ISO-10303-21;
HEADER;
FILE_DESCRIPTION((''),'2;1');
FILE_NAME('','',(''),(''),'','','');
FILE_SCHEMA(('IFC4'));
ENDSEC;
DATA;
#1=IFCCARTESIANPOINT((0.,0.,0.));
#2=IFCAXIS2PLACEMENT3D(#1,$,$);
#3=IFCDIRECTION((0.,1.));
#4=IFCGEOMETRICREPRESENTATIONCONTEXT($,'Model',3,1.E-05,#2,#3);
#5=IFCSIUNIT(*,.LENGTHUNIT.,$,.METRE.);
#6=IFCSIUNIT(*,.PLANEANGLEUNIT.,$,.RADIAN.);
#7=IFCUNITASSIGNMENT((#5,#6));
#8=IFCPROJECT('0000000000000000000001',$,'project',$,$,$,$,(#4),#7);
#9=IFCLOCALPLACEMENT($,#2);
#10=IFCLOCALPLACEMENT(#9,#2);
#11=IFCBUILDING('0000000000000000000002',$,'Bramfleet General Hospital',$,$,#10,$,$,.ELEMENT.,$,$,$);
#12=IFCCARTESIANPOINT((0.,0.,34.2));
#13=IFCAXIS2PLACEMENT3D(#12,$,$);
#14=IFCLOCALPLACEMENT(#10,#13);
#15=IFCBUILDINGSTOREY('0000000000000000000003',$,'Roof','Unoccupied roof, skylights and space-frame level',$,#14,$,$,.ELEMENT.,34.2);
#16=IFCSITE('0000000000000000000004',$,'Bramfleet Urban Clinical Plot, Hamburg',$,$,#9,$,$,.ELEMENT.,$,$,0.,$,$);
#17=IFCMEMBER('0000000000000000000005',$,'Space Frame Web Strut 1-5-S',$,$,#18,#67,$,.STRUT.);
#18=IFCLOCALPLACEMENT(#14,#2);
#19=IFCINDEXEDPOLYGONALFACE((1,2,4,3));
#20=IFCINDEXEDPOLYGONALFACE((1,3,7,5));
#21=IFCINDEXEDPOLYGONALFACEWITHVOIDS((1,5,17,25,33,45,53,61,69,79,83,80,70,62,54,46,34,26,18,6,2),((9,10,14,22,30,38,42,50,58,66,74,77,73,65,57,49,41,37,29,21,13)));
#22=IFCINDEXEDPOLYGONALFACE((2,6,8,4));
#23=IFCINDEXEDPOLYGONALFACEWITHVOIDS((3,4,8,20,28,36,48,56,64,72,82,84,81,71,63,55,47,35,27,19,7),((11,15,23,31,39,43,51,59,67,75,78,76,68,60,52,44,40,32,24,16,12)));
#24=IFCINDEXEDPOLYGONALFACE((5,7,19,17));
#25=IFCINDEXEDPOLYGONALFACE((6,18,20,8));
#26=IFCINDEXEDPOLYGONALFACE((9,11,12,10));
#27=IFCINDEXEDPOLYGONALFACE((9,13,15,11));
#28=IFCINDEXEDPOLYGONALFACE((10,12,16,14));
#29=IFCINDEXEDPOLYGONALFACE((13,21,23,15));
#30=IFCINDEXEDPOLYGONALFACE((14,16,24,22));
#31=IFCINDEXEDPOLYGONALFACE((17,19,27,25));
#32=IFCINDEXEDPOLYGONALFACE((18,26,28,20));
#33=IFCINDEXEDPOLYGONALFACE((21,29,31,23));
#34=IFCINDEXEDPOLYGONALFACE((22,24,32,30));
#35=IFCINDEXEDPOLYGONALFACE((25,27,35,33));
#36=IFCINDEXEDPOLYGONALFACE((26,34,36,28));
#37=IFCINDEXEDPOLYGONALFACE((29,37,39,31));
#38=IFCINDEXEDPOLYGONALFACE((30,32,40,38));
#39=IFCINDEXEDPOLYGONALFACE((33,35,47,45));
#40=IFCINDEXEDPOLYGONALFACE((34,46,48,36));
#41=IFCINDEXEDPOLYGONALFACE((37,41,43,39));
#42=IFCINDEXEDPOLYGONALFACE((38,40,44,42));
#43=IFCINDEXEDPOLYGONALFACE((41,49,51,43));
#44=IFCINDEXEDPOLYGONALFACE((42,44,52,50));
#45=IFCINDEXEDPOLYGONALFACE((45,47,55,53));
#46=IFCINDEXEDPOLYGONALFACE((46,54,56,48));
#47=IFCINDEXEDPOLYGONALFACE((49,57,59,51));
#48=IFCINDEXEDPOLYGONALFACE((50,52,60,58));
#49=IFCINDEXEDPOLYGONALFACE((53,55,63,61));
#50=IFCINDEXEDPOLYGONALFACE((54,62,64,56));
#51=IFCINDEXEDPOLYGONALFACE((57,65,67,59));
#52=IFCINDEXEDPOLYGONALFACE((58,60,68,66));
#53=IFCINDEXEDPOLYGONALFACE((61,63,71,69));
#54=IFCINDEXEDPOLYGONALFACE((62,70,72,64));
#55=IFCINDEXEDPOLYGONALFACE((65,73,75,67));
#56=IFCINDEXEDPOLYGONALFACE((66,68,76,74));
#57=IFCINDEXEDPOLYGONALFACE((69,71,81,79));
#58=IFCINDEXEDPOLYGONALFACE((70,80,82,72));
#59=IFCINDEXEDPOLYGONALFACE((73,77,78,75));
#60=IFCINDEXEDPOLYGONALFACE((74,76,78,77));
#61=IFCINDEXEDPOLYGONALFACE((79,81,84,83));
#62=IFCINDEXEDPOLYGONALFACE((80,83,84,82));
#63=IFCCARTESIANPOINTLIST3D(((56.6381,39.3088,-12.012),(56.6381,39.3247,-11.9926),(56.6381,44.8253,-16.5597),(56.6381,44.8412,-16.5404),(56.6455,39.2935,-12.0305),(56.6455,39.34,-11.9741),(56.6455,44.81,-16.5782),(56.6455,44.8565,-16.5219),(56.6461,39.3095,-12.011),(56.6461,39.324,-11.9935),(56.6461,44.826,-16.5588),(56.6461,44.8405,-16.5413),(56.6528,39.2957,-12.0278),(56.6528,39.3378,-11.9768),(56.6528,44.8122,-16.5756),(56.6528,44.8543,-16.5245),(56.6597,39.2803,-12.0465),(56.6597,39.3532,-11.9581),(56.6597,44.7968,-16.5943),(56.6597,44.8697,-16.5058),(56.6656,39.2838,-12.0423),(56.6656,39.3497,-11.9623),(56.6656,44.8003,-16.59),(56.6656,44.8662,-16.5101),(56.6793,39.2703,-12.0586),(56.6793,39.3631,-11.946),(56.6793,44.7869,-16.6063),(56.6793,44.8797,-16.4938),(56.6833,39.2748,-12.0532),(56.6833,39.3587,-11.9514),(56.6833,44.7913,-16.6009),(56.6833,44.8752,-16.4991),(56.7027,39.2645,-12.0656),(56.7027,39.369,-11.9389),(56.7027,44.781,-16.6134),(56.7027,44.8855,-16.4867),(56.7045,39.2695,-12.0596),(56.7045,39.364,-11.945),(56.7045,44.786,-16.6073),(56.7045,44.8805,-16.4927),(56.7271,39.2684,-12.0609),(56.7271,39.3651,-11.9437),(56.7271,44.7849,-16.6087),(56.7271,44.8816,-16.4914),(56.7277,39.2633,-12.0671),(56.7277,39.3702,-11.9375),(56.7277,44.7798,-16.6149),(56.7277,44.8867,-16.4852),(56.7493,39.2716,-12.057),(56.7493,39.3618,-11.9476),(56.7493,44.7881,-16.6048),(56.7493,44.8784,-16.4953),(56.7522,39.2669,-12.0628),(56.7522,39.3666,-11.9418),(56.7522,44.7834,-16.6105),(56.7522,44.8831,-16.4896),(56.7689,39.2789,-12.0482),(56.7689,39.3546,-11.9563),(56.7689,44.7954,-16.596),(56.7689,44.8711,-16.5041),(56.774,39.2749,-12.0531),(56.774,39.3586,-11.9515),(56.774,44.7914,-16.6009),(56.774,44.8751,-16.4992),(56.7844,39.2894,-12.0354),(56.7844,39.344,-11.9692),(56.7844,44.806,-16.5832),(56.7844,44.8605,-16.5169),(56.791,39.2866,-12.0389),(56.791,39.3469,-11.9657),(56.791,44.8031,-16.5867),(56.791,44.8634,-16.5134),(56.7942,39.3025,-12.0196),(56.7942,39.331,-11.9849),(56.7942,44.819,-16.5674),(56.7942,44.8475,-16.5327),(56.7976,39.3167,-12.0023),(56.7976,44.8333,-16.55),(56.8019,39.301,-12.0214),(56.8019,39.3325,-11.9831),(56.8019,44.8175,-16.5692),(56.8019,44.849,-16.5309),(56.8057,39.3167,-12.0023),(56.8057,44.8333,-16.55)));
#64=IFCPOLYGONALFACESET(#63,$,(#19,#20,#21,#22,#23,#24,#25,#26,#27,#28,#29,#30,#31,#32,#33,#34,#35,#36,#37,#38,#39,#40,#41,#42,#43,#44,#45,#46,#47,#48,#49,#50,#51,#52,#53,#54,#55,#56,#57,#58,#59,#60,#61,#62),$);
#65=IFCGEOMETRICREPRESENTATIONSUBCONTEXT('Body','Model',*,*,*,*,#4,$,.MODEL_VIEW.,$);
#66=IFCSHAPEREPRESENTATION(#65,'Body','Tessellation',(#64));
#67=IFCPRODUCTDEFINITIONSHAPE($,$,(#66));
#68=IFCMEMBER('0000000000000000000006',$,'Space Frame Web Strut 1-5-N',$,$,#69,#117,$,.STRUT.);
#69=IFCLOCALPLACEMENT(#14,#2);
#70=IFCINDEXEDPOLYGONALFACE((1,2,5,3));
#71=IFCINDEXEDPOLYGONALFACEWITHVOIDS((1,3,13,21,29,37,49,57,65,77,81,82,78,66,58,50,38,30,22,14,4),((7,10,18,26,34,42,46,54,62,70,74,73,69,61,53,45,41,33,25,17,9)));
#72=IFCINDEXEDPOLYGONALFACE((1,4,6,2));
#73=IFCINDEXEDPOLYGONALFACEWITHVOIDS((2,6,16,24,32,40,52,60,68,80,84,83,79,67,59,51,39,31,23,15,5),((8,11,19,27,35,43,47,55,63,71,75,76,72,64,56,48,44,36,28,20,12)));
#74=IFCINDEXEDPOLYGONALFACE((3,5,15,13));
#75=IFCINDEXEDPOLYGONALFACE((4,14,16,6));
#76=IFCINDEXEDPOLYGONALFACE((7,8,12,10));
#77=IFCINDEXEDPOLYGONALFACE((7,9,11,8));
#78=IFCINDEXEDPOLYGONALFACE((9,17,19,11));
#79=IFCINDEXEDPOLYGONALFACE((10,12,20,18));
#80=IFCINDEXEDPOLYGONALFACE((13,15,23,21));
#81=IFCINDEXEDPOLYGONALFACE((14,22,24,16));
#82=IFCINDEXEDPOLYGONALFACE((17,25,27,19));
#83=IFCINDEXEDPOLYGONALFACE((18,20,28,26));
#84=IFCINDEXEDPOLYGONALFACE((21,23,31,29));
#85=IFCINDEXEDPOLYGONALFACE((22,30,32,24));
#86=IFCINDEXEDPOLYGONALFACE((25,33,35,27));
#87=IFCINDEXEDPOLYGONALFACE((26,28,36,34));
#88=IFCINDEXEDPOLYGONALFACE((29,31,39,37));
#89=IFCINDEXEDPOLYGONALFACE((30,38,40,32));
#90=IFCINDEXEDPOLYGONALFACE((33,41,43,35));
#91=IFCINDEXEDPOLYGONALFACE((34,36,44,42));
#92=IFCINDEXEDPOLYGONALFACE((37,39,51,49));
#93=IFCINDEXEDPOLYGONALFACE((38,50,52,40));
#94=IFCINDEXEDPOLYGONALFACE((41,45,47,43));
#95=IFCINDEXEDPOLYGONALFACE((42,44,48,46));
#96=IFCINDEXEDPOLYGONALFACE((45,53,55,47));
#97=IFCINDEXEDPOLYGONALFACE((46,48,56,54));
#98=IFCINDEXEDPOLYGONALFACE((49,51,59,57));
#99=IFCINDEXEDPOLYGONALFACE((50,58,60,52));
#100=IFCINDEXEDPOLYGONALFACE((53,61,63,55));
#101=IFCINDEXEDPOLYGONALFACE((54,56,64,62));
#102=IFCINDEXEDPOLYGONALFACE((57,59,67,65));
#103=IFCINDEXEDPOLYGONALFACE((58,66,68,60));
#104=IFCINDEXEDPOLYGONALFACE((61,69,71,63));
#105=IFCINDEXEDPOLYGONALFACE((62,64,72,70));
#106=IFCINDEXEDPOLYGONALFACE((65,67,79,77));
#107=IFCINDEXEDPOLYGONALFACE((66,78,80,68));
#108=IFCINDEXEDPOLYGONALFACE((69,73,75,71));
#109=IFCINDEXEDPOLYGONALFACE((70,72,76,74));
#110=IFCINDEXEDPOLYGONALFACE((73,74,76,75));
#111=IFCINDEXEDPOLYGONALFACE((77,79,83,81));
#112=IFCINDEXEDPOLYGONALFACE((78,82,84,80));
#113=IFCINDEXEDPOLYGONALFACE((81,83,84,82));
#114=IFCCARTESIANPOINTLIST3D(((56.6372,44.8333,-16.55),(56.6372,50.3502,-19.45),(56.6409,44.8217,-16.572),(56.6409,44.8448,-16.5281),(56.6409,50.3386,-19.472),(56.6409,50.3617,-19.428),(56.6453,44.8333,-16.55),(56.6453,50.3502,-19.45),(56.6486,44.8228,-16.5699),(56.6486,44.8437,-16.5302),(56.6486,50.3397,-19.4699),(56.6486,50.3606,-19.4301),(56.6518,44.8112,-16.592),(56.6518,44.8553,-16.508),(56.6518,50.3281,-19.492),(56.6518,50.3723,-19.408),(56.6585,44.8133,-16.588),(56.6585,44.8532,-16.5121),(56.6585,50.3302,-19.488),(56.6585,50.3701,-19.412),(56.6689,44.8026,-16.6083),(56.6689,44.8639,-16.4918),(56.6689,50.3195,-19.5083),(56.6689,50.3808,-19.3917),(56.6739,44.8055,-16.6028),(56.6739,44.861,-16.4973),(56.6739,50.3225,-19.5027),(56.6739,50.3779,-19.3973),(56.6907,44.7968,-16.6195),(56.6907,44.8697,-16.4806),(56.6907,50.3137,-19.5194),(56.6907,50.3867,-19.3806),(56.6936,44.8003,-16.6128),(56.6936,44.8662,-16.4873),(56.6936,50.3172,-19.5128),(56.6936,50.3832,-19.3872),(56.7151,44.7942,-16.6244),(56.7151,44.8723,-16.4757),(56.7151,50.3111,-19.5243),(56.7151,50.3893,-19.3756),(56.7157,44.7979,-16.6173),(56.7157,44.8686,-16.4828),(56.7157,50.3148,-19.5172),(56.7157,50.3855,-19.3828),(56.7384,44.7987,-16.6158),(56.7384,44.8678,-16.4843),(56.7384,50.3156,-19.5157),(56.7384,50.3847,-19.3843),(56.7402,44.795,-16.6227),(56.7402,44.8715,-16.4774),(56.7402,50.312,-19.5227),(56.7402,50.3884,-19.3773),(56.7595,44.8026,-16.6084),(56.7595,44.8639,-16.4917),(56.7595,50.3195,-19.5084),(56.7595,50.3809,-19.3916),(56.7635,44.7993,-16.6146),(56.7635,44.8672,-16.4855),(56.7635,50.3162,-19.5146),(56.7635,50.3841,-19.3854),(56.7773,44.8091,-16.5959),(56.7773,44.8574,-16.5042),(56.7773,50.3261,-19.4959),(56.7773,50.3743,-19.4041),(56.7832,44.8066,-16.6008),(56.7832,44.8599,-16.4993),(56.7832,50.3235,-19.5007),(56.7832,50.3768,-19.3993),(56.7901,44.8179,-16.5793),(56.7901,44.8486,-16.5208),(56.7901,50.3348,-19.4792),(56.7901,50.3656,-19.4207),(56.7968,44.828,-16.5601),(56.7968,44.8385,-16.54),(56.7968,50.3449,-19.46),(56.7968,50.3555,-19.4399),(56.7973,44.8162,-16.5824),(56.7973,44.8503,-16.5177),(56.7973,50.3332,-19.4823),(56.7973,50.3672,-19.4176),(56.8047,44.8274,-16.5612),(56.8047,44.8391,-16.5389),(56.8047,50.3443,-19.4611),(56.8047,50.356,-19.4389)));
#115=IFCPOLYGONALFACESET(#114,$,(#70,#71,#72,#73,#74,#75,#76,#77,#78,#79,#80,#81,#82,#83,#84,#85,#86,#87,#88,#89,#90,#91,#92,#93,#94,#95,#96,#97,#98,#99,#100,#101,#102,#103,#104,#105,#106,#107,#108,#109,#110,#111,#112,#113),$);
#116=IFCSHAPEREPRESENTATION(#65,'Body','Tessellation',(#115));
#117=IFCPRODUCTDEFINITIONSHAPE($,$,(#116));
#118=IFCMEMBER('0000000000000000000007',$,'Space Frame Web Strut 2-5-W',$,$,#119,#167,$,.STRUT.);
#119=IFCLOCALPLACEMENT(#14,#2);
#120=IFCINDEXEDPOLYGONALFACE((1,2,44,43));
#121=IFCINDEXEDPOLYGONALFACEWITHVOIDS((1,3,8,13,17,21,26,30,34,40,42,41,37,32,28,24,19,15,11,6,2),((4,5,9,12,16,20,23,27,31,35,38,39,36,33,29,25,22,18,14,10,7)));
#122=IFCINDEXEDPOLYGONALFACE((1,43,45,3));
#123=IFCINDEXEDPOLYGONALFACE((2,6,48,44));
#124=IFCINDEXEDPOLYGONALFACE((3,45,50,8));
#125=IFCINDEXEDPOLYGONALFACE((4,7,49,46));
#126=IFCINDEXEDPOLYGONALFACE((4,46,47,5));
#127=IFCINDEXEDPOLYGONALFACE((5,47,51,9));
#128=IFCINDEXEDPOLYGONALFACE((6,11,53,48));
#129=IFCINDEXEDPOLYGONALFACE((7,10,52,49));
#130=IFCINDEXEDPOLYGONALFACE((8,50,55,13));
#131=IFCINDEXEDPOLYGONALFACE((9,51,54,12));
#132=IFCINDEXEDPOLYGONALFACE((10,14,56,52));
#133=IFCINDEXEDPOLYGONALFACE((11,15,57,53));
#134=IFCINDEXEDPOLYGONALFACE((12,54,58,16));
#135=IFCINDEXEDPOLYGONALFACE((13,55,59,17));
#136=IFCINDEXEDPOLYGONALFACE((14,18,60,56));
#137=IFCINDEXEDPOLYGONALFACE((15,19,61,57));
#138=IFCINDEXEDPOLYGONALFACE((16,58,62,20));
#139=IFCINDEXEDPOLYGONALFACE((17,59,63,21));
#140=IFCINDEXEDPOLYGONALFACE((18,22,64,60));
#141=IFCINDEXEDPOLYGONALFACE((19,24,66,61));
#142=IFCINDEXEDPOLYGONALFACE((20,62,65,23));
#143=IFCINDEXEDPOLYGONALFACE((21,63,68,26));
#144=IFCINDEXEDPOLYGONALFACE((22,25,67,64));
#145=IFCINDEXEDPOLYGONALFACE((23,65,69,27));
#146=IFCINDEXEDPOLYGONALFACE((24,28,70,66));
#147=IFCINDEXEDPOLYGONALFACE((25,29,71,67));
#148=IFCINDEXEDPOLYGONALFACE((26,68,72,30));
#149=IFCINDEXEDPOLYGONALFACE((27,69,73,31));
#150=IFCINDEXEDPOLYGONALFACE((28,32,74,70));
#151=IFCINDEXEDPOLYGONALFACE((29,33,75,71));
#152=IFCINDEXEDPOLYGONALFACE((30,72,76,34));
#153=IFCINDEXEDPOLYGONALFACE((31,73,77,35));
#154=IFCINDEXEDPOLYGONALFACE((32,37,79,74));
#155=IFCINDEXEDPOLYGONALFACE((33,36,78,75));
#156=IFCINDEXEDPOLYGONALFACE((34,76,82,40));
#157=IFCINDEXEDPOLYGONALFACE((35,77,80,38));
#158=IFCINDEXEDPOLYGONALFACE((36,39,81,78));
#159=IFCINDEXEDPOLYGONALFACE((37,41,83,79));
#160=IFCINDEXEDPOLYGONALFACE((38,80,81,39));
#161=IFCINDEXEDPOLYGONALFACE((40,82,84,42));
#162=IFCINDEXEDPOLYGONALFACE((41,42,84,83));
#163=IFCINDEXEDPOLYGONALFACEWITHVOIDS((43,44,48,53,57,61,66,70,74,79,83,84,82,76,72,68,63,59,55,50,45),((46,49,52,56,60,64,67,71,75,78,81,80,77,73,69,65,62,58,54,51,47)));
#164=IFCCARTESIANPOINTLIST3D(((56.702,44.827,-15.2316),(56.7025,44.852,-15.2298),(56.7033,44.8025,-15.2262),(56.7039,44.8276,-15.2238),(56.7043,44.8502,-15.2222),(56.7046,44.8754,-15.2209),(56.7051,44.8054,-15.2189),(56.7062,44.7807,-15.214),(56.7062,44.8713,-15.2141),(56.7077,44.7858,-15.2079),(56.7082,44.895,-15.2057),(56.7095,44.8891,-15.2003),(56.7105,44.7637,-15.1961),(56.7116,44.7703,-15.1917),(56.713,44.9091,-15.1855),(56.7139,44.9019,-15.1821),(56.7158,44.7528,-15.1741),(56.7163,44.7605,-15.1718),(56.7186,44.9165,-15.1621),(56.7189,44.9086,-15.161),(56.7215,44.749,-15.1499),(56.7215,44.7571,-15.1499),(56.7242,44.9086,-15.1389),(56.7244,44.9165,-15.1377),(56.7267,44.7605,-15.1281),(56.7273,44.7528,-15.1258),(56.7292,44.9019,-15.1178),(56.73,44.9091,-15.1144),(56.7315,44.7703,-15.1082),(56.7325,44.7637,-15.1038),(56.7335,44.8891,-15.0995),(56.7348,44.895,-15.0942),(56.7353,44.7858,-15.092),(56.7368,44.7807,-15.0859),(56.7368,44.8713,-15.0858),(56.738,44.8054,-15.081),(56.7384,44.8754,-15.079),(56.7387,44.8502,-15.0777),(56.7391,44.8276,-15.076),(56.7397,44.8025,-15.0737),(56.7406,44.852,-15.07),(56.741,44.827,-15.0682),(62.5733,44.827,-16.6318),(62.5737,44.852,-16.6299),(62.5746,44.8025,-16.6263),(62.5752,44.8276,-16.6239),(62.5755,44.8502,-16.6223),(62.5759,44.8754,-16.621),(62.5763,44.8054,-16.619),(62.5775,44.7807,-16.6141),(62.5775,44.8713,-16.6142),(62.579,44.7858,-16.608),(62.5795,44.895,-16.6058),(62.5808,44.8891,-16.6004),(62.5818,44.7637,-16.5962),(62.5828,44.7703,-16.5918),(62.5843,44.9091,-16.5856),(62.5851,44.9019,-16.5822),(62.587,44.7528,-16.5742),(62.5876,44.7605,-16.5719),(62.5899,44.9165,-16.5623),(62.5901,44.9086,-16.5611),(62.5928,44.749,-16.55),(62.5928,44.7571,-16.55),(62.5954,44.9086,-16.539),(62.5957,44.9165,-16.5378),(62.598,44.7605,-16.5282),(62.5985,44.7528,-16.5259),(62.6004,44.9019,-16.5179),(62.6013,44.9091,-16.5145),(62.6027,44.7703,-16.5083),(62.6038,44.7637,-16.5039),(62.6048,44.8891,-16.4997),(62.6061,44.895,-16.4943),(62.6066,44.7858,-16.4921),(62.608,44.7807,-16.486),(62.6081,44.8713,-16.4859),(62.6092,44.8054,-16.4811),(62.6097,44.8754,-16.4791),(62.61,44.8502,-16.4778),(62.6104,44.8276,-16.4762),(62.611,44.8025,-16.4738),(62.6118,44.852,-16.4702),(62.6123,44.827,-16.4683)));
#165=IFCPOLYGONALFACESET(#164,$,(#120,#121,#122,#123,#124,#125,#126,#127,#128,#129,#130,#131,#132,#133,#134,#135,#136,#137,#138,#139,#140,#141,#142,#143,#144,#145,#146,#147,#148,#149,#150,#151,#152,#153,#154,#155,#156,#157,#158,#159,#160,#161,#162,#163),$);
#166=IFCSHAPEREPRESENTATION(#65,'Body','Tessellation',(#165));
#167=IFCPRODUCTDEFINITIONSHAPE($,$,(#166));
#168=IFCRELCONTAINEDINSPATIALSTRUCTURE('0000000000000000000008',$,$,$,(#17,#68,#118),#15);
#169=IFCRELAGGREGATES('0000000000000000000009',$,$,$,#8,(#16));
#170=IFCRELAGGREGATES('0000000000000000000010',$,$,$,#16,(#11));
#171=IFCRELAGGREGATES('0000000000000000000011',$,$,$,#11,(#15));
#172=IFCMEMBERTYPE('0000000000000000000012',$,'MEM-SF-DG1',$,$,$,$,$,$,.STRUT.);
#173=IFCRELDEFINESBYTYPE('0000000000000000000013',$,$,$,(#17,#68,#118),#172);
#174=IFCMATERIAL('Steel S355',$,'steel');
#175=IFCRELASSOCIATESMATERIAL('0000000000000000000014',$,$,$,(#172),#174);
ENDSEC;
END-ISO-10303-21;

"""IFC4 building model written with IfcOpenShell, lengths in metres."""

from ifc_helpers import new_model, si_unit, direction, frame, origin, origin_2d, place, context, subcontext, project, spatial, hollow_circle, extrude, material, material_profile, profile_set, type_object, element, save


model = new_model("IFC4")

# Units and contexts
model_context = context("Model", 3, precision=1e-05, world=origin(), true_north=direction((0.0, 1.0)))
body_context = subcontext(model_context, "Body", "Model", "MODEL_VIEW")
ifc_project = project(units=[si_unit("LENGTHUNIT", "METRE"), si_unit("PLANEANGLEUNIT", "RADIAN")], contexts=[model_context])

# Site, building, storey
site_placement = place(None, origin())
site = spatial("IfcSite", under=ifc_project, at=site_placement, Name="Bramfleet Urban Clinical Plot, Hamburg", CompositionType="ELEMENT", RefElevation=0.0)
building_placement = place(site_placement, origin())
building = spatial("IfcBuilding", under=site, at=building_placement, Name="Bramfleet General Hospital", CompositionType="ELEMENT")
storey_placement = place(building_placement, frame((0.0, 0.0, 34.2)))
storey = spatial("IfcBuildingStorey", under=building, at=storey_placement, Name="Roof", Description="Unoccupied roof, skylights and space-frame level", CompositionType="ELEMENT", Elevation=34.2)

# Members
ifc_material = material(Name="Steel S355", Category="steel")
ifc_material_profile_1 = material_profile(ifc_material, hollow_circle(Radius=0.0842, WallThickness=0.0081, at=origin_2d()), Name="CHS 168.3x8.0")
ifc_profile_set_1 = profile_set([ifc_material_profile_1], Name="Steel S355")
member_type_1 = type_object("IfcMemberType", Name="MEM-SF-DG1", PredefinedType="STRUT", material=ifc_profile_set_1)
member_1_placement = place(storey_placement, frame((56.7214, 44.8333, -16.55), z_axis=(0.0, -0.771603, 0.636105), x_axis=(1.0, 0.0, 0.0)))
element("IfcMember", 1, at=member_1_placement, inside=storey, type_object=member_type_1, Name="Space Frame Web Strut 1-5-S", PredefinedType="STRUT", context=body_context, shape_type="SweptSolid", body=[
    extrude(hollow_circle(Radius=0.0842, WallThickness=0.0081, at=origin_2d()), origin(), (0.0, 0.0, 1.0), 7.1494),
])
member_2_placement = place(storey_placement, frame((56.7214, 44.8333, -16.55), z_axis=(0.0, 0.885163, -0.465281), x_axis=(-1.0, 0.0, 0.0)))
element("IfcMember", 2, at=member_2_placement, inside=storey, type_object=member_type_1, Name="Space Frame Web Strut 1-5-N", PredefinedType="STRUT", context=body_context, shape_type="SweptSolid", body=[
    extrude(hollow_circle(Radius=0.0842, WallThickness=0.0081, at=origin_2d()), origin(), (0.0, 0.0, 1.0), 6.2327),
])
member_3_placement = place(storey_placement, frame((62.5928, 44.8333, -16.55), z_axis=(-0.972724, 0.0, 0.231967), x_axis=(0.0, -1.0, 0.0)))
element("IfcMember", 3, at=member_3_placement, inside=storey, type_object=member_type_1, Name="Space Frame Web Strut 2-5-W", PredefinedType="STRUT", context=body_context, shape_type="SweptSolid", body=[
    extrude(hollow_circle(Radius=0.0842, WallThickness=0.0081, at=origin_2d()), origin(), (0.0, 0.0, 1.0), 6.0359),
])

save(model, "model.ifc")
